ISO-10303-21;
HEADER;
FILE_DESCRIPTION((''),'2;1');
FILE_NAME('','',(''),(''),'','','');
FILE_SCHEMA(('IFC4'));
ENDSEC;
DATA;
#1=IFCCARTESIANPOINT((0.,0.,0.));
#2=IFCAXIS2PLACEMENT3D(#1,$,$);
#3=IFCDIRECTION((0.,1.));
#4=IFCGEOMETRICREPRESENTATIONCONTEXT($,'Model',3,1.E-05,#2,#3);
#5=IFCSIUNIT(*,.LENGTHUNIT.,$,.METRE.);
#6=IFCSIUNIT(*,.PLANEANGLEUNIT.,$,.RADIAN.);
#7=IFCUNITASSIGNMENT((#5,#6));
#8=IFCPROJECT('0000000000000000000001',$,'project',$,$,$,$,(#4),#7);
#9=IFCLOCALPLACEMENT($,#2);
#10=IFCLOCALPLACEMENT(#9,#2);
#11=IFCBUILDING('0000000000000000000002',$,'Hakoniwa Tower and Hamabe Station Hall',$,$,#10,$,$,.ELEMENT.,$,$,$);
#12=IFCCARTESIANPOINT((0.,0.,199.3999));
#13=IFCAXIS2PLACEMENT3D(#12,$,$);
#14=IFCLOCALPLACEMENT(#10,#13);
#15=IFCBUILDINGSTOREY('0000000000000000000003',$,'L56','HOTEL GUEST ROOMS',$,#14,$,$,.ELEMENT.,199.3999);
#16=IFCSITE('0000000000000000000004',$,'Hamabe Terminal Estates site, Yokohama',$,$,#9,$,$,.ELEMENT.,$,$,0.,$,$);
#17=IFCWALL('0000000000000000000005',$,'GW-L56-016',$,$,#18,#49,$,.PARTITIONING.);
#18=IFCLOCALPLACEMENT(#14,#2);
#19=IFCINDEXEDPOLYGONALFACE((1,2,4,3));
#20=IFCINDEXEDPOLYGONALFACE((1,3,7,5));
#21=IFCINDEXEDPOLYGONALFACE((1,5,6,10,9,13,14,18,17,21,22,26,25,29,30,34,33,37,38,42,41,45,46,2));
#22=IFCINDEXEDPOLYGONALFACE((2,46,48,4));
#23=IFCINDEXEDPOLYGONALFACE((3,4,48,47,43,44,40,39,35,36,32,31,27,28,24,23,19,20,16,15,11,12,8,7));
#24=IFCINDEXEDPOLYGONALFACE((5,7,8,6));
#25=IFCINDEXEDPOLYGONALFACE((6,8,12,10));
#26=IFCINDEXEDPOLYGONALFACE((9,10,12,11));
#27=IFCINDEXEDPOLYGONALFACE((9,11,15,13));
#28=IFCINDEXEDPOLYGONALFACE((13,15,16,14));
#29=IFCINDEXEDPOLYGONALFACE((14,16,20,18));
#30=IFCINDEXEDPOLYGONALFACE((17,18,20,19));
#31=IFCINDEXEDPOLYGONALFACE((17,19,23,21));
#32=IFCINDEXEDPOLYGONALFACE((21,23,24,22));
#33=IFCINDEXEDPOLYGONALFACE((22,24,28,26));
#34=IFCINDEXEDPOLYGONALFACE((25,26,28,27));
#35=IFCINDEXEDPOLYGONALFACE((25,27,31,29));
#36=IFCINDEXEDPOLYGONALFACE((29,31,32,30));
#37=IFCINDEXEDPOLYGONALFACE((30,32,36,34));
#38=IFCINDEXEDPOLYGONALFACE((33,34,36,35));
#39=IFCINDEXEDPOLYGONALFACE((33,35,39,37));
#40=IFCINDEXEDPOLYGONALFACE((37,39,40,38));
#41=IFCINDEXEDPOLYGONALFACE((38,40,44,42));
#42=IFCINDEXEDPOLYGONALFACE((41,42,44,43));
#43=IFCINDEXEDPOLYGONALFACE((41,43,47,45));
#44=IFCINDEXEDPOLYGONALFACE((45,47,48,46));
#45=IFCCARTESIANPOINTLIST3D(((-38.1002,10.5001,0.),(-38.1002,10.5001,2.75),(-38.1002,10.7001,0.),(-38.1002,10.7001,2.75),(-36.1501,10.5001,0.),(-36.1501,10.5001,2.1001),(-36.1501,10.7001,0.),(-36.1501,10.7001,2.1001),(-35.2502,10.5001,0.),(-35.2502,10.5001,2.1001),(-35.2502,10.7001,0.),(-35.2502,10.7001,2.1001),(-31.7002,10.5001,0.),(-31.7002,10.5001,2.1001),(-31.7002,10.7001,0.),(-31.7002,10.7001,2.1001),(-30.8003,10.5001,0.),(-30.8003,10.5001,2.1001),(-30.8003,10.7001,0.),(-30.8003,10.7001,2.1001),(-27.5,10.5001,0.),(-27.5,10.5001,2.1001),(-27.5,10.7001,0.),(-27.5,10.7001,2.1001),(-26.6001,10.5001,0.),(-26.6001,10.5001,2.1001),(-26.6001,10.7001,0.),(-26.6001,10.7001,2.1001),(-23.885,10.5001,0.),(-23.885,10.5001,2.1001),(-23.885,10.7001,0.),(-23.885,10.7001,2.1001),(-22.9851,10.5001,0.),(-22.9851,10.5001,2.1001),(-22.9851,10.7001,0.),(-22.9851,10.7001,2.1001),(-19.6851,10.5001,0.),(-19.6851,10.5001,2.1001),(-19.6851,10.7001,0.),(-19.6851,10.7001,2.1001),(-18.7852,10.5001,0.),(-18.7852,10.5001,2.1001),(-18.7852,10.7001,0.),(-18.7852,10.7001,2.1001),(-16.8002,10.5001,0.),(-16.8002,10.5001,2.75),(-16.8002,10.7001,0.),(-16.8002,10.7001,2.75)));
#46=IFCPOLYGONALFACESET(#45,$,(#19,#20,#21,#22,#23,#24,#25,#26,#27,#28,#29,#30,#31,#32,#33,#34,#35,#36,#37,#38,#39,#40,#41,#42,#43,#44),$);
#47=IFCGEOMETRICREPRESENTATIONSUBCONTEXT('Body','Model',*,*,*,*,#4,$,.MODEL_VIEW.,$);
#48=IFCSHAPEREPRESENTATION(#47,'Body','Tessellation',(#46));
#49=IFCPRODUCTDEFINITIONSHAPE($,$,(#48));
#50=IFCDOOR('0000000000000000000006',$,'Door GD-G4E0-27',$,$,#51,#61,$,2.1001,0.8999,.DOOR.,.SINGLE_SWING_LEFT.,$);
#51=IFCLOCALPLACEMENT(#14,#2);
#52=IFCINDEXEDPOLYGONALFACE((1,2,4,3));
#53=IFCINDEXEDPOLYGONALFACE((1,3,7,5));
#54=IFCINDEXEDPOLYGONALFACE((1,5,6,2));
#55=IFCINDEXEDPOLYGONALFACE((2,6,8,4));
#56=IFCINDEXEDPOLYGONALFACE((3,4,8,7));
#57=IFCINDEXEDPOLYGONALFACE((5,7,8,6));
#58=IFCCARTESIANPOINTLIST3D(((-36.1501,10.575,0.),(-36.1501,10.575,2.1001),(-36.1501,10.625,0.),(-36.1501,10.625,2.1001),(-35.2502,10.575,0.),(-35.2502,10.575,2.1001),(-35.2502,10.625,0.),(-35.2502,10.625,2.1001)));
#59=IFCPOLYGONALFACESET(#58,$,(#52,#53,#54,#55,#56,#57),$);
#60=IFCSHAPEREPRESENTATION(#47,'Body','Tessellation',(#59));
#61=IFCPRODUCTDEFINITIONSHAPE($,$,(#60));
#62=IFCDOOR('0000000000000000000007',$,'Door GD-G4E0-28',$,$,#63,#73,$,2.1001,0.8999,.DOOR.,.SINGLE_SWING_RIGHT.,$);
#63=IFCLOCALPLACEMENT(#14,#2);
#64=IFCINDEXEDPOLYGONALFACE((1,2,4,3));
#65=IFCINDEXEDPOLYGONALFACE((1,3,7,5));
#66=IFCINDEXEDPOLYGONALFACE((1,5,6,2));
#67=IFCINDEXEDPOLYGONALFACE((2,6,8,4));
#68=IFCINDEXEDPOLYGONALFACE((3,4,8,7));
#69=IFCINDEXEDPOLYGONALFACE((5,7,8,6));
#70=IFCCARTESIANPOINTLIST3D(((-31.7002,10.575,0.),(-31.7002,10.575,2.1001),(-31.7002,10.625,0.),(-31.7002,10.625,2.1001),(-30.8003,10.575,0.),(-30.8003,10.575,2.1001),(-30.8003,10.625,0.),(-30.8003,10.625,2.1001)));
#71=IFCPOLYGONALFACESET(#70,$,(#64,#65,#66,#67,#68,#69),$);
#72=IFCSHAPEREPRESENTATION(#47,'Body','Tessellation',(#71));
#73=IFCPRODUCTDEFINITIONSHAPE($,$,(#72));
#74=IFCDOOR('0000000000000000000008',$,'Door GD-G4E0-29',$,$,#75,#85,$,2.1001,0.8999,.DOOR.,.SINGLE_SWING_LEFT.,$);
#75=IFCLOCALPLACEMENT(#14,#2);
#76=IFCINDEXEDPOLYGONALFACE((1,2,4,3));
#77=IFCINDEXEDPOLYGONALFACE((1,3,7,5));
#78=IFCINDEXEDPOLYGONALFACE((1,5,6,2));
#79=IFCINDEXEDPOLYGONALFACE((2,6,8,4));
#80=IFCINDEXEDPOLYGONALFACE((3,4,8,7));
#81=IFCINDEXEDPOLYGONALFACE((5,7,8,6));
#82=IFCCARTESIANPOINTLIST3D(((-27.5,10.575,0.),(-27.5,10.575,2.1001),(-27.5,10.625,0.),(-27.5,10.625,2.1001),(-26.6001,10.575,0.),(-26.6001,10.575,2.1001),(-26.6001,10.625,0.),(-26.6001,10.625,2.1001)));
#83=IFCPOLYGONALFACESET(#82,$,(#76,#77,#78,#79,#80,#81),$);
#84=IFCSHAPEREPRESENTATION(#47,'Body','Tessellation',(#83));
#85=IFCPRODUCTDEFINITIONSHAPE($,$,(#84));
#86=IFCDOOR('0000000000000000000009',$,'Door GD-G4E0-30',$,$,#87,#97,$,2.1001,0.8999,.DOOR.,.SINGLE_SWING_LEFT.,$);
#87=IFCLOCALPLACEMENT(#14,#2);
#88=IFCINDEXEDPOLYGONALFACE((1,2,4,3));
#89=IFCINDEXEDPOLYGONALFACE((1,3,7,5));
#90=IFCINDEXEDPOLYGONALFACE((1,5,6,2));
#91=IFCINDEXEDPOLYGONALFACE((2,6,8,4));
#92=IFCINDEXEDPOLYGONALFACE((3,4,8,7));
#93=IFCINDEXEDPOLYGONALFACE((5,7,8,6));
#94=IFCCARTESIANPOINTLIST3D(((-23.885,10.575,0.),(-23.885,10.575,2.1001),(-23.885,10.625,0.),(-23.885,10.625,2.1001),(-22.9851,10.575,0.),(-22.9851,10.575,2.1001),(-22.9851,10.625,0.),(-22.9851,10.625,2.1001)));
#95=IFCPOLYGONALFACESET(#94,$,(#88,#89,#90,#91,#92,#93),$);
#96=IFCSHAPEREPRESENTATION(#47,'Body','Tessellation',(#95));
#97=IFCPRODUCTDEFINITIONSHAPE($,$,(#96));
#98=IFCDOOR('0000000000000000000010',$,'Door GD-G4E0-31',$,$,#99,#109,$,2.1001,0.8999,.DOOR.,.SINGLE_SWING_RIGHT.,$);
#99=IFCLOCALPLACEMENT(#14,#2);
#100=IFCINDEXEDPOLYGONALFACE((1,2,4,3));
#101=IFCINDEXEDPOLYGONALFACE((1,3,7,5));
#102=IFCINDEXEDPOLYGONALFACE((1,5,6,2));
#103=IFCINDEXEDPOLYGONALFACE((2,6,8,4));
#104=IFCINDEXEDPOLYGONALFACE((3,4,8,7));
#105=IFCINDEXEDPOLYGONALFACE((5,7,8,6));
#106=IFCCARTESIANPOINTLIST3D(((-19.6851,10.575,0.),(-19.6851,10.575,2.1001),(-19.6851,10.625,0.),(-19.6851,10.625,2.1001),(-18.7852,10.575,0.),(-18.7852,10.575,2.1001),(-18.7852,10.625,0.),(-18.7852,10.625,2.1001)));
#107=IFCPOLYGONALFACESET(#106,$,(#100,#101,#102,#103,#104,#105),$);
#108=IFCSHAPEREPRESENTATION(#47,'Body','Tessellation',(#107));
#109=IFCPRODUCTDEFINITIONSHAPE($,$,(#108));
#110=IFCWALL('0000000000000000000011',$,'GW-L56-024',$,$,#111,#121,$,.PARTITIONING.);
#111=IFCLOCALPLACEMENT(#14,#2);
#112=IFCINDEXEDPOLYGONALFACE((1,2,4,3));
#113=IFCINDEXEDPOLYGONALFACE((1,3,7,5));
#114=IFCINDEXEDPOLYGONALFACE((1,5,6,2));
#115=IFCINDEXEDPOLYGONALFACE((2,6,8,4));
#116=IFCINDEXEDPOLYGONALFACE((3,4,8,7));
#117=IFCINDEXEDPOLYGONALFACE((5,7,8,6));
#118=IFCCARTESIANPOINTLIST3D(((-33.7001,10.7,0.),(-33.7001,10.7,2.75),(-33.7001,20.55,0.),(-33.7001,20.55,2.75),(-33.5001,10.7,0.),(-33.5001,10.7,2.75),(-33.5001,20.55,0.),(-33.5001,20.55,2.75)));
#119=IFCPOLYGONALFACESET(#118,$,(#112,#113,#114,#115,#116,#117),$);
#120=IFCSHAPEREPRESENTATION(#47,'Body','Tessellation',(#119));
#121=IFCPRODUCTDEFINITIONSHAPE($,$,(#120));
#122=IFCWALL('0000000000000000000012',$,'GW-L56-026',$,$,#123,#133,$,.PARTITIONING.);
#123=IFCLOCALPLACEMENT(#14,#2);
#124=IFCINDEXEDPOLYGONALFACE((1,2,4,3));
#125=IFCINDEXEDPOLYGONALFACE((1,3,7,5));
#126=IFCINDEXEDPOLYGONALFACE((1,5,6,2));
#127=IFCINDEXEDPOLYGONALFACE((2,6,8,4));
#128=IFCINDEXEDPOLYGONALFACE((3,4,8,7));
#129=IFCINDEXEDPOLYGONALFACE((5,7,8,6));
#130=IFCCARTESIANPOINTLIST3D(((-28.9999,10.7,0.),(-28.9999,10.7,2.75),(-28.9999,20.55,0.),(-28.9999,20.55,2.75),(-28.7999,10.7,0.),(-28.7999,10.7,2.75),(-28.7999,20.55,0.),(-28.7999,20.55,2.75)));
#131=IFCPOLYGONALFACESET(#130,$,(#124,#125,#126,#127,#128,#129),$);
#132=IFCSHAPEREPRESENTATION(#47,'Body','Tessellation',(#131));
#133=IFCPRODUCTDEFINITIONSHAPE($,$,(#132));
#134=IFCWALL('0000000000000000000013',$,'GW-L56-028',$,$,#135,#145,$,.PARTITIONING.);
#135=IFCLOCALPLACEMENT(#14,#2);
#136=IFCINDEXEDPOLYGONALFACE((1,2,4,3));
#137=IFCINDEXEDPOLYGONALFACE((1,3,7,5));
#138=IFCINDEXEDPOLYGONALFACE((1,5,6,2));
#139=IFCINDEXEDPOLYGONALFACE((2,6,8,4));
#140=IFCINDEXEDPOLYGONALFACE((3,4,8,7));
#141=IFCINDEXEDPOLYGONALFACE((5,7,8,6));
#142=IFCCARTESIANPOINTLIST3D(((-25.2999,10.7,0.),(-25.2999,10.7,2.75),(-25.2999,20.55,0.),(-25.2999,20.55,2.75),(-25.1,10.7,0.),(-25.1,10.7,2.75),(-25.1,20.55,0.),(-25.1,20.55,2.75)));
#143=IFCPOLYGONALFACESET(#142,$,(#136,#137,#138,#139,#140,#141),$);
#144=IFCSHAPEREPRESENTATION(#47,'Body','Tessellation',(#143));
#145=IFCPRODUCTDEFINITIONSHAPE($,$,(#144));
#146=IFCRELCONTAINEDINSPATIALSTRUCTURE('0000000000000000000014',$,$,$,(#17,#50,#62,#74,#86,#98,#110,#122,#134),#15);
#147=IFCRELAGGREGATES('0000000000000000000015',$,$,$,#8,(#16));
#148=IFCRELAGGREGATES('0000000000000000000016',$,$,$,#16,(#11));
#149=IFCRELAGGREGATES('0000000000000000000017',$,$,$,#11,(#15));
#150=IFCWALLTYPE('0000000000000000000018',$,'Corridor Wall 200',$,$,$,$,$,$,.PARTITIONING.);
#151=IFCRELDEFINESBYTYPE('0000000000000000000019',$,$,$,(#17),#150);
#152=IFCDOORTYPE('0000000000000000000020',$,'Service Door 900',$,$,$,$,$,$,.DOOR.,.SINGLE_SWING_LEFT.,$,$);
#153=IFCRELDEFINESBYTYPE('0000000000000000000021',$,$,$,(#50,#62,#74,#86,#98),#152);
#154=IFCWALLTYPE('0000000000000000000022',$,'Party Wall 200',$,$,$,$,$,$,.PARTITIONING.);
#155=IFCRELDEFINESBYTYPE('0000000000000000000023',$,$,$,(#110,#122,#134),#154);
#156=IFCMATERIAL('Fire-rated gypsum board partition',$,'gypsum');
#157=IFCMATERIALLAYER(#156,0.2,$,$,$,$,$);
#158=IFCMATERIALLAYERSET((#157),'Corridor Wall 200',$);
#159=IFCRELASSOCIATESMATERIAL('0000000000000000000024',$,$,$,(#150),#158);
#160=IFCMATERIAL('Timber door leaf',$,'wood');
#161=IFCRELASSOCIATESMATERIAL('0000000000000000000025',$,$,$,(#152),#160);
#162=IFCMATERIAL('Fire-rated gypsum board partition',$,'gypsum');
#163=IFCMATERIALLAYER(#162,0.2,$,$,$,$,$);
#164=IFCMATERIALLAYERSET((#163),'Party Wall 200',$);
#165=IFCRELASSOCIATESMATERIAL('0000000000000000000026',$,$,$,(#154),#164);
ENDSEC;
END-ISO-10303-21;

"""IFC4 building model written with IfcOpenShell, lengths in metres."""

from ifc_helpers import new_model, si_unit, direction, frame, frame_2d, origin, place, context, subcontext, project, spatial, rectangle, extrude, material, layer, layer_set, type_object, element, fill, save


model = new_model("IFC4")

# Units and contexts
model_context = context("Model", 3, precision=1e-05, world=origin(), true_north=direction((0.0, 1.0)))
body_context = subcontext(model_context, "Body", "Model", "MODEL_VIEW")
ifc_project = project(units=[si_unit("LENGTHUNIT", "METRE"), si_unit("PLANEANGLEUNIT", "RADIAN")], contexts=[model_context])

# Site, building, storey
site_placement = place(None, origin())
site = spatial("IfcSite", under=ifc_project, at=site_placement, Name="Hamabe Terminal Estates site, Yokohama", CompositionType="ELEMENT", RefElevation=0.0)
building_placement = place(site_placement, origin())
building = spatial("IfcBuilding", under=site, at=building_placement, Name="Hakoniwa Tower and Hamabe Station Hall", CompositionType="ELEMENT")
storey_placement = place(building_placement, frame((0.0, 0.0, 199.3999)))
storey = spatial("IfcBuildingStorey", under=building, at=storey_placement, Name="L56", Description="HOTEL GUEST ROOMS", CompositionType="ELEMENT", Elevation=199.3999)

# Wall, openings, doors
ifc_material_1 = material(Name="Fire-rated gypsum board partition", Category="gypsum")
ifc_layer_1 = layer(ifc_material_1, 0.2)
ifc_layer_set_1 = layer_set([ifc_layer_1], Name="Corridor Wall 200")
wall_type_1 = type_object("IfcWallType", Name="Corridor Wall 200", PredefinedType="PARTITIONING", material=ifc_layer_set_1)
wall_1_placement = place(storey_placement, frame((-38.1001, 10.6001, 0.0), z_axis=(0.0, 0.0, 1.0), x_axis=(1.0, 0.0, 0.0)))
wall_1 = element("IfcWall", 1, at=wall_1_placement, inside=storey, type_object=wall_type_1, Name="GW-L56-016", PredefinedType="PARTITIONING", context=body_context, shape_type="SweptSolid", body=[
    extrude(rectangle(XDim=21.3, YDim=0.2, at=frame_2d((10.6499, 0.0))), origin(), (0.0, 0.0, 1.0), 2.75),
])
opening_1_placement = place(wall_1_placement, frame((1.95, 0.0, 0.0)))
opening_1 = element("IfcOpeningElement", 2, at=opening_1_placement, cuts=wall_1, PredefinedType="OPENING", context=body_context, shape_type="SweptSolid", body=[
    extrude(rectangle(XDim=0.8999, YDim=2.1001, at=frame_2d((0.45, 1.05))), frame((0.0, 0.1099, 0.0), z_axis=(0.0, -1.0, 0.0), x_axis=(1.0, 0.0, 0.0)), (0.0, 0.0, 1.0), 0.22),
])
opening_2_placement = place(wall_1_placement, frame((6.3999, 0.0, 0.0)))
opening_2 = element("IfcOpeningElement", 3, at=opening_2_placement, cuts=wall_1, PredefinedType="OPENING", context=body_context, shape_type="SweptSolid", body=[
    extrude(rectangle(XDim=0.8999, YDim=2.1001, at=frame_2d((0.45, 1.05))), frame((0.0, 0.1099, 0.0), z_axis=(0.0, -1.0, 0.0), x_axis=(1.0, 0.0, 0.0)), (0.0, 0.0, 1.0), 0.22),
])
opening_3_placement = place(wall_1_placement, frame((10.6001, 0.0, 0.0)))
opening_3 = element("IfcOpeningElement", 4, at=opening_3_placement, cuts=wall_1, PredefinedType="OPENING", context=body_context, shape_type="SweptSolid", body=[
    extrude(rectangle(XDim=0.8999, YDim=2.1001, at=frame_2d((0.45, 1.05))), frame((0.0, 0.1099, 0.0), z_axis=(0.0, -1.0, 0.0), x_axis=(1.0, 0.0, 0.0)), (0.0, 0.0, 1.0), 0.22),
])
opening_4_placement = place(wall_1_placement, frame((14.2151, 0.0, 0.0)))
opening_4 = element("IfcOpeningElement", 5, at=opening_4_placement, cuts=wall_1, PredefinedType="OPENING", context=body_context, shape_type="SweptSolid", body=[
    extrude(rectangle(XDim=0.8999, YDim=2.1001, at=frame_2d((0.45, 1.05))), frame((0.0, 0.1099, 0.0), z_axis=(0.0, -1.0, 0.0), x_axis=(1.0, 0.0, 0.0)), (0.0, 0.0, 1.0), 0.22),
])
opening_5_placement = place(wall_1_placement, frame((18.415, 0.0, 0.0)))
opening_5 = element("IfcOpeningElement", 6, at=opening_5_placement, cuts=wall_1, PredefinedType="OPENING", context=body_context, shape_type="SweptSolid", body=[
    extrude(rectangle(XDim=0.8999, YDim=2.1001, at=frame_2d((0.45, 1.05))), frame((0.0, 0.1099, 0.0), z_axis=(0.0, -1.0, 0.0), x_axis=(1.0, 0.0, 0.0)), (0.0, 0.0, 1.0), 0.22),
])
ifc_material_2 = material(Name="Timber door leaf", Category="wood")
door_type_1 = type_object("IfcDoorType", Name="Service Door 900", OperationType="SINGLE_SWING_LEFT", PredefinedType="DOOR", material=ifc_material_2)
door_1_placement = place(opening_1_placement, origin())
door_1 = element("IfcDoor", 7, at=door_1_placement, inside=storey, type_object=door_type_1, Name="Door GD-G4E0-27", OperationType="SINGLE_SWING_LEFT", OverallHeight=2.1001, OverallWidth=0.8999, PredefinedType="DOOR", context=body_context, shape_type="SweptSolid", body=[
    extrude(rectangle(XDim=0.8999, YDim=2.1001, at=frame_2d((0.45, 1.05))), frame((0.0, 0.0249, 0.0), z_axis=(0.0, -1.0, 0.0), x_axis=(1.0, 0.0, 0.0)), (0.0, 0.0, 1.0), 0.05),
])
fill(opening_1, door_1)
door_2_placement = place(opening_2_placement, origin())
door_2 = element("IfcDoor", 8, at=door_2_placement, inside=storey, type_object=door_type_1, Name="Door GD-G4E0-28", OperationType="SINGLE_SWING_RIGHT", OverallHeight=2.1001, OverallWidth=0.8999, PredefinedType="DOOR", context=body_context, shape_type="SweptSolid", body=[
    extrude(rectangle(XDim=0.8999, YDim=2.1001, at=frame_2d((0.45, 1.05))), frame((0.0, 0.0249, 0.0), z_axis=(0.0, -1.0, 0.0), x_axis=(1.0, 0.0, 0.0)), (0.0, 0.0, 1.0), 0.05),
])
fill(opening_2, door_2)
door_3_placement = place(opening_3_placement, origin())
door_3 = element("IfcDoor", 9, at=door_3_placement, inside=storey, type_object=door_type_1, Name="Door GD-G4E0-29", OperationType="SINGLE_SWING_LEFT", OverallHeight=2.1001, OverallWidth=0.8999, PredefinedType="DOOR", context=body_context, shape_type="SweptSolid", body=[
    extrude(rectangle(XDim=0.8999, YDim=2.1001, at=frame_2d((0.45, 1.05))), frame((0.0, 0.0249, 0.0), z_axis=(0.0, -1.0, 0.0), x_axis=(1.0, 0.0, 0.0)), (0.0, 0.0, 1.0), 0.05),
])
fill(opening_3, door_3)
door_4_placement = place(opening_4_placement, origin())
door_4 = element("IfcDoor", 10, at=door_4_placement, inside=storey, type_object=door_type_1, Name="Door GD-G4E0-30", OperationType="SINGLE_SWING_LEFT", OverallHeight=2.1001, OverallWidth=0.8999, PredefinedType="DOOR", context=body_context, shape_type="SweptSolid", body=[
    extrude(rectangle(XDim=0.8999, YDim=2.1001, at=frame_2d((0.45, 1.05))), frame((0.0, 0.0249, 0.0), z_axis=(0.0, -1.0, 0.0), x_axis=(1.0, 0.0, 0.0)), (0.0, 0.0, 1.0), 0.05),
])
fill(opening_4, door_4)
door_5_placement = place(opening_5_placement, origin())
door_5 = element("IfcDoor", 11, at=door_5_placement, inside=storey, type_object=door_type_1, Name="Door GD-G4E0-31", OperationType="SINGLE_SWING_RIGHT", OverallHeight=2.1001, OverallWidth=0.8999, PredefinedType="DOOR", context=body_context, shape_type="SweptSolid", body=[
    extrude(rectangle(XDim=0.8999, YDim=2.1001, at=frame_2d((0.45, 1.05))), frame((0.0, 0.0249, 0.0), z_axis=(0.0, -1.0, 0.0), x_axis=(1.0, 0.0, 0.0)), (0.0, 0.0, 1.0), 0.05),
])
fill(opening_5, door_5)

# Walls
ifc_material_3 = material(Name="Fire-rated gypsum board partition", Category="gypsum")
ifc_layer_2 = layer(ifc_material_3, 0.2)
ifc_layer_set_2 = layer_set([ifc_layer_2], Name="Party Wall 200")
wall_type_2 = type_object("IfcWallType", Name="Party Wall 200", PredefinedType="PARTITIONING", material=ifc_layer_set_2)
for number, where, z_axis, x_axis, name in (
    (12, (-33.6001, 10.7, 0.0), (0.0, 0.0, 1.0), (0.0, 1.0, 0.0), "GW-L56-024"),
    (13, (-28.8999, 10.7, 0.0), (0.0, 0.0, 1.0), (0.0, 1.0, 0.0), "GW-L56-026"),
    (14, (-25.2, 10.7, 0.0), (0.0, 0.0, 1.0), (0.0, 1.0, 0.0), "GW-L56-028"),
):
    element("IfcWall", number, at=place(storey_placement, frame(where, z_axis=z_axis, x_axis=x_axis)), inside=storey, type_object=wall_type_2, Name=name, PredefinedType="PARTITIONING", context=body_context, shape_type="SweptSolid", body=[
        extrude(rectangle(XDim=9.8501, YDim=0.2, at=frame_2d((4.925, 0.0))), origin(), (0.0, 0.0, 1.0), 2.75),
    ])

save(model, "model.ifc")
